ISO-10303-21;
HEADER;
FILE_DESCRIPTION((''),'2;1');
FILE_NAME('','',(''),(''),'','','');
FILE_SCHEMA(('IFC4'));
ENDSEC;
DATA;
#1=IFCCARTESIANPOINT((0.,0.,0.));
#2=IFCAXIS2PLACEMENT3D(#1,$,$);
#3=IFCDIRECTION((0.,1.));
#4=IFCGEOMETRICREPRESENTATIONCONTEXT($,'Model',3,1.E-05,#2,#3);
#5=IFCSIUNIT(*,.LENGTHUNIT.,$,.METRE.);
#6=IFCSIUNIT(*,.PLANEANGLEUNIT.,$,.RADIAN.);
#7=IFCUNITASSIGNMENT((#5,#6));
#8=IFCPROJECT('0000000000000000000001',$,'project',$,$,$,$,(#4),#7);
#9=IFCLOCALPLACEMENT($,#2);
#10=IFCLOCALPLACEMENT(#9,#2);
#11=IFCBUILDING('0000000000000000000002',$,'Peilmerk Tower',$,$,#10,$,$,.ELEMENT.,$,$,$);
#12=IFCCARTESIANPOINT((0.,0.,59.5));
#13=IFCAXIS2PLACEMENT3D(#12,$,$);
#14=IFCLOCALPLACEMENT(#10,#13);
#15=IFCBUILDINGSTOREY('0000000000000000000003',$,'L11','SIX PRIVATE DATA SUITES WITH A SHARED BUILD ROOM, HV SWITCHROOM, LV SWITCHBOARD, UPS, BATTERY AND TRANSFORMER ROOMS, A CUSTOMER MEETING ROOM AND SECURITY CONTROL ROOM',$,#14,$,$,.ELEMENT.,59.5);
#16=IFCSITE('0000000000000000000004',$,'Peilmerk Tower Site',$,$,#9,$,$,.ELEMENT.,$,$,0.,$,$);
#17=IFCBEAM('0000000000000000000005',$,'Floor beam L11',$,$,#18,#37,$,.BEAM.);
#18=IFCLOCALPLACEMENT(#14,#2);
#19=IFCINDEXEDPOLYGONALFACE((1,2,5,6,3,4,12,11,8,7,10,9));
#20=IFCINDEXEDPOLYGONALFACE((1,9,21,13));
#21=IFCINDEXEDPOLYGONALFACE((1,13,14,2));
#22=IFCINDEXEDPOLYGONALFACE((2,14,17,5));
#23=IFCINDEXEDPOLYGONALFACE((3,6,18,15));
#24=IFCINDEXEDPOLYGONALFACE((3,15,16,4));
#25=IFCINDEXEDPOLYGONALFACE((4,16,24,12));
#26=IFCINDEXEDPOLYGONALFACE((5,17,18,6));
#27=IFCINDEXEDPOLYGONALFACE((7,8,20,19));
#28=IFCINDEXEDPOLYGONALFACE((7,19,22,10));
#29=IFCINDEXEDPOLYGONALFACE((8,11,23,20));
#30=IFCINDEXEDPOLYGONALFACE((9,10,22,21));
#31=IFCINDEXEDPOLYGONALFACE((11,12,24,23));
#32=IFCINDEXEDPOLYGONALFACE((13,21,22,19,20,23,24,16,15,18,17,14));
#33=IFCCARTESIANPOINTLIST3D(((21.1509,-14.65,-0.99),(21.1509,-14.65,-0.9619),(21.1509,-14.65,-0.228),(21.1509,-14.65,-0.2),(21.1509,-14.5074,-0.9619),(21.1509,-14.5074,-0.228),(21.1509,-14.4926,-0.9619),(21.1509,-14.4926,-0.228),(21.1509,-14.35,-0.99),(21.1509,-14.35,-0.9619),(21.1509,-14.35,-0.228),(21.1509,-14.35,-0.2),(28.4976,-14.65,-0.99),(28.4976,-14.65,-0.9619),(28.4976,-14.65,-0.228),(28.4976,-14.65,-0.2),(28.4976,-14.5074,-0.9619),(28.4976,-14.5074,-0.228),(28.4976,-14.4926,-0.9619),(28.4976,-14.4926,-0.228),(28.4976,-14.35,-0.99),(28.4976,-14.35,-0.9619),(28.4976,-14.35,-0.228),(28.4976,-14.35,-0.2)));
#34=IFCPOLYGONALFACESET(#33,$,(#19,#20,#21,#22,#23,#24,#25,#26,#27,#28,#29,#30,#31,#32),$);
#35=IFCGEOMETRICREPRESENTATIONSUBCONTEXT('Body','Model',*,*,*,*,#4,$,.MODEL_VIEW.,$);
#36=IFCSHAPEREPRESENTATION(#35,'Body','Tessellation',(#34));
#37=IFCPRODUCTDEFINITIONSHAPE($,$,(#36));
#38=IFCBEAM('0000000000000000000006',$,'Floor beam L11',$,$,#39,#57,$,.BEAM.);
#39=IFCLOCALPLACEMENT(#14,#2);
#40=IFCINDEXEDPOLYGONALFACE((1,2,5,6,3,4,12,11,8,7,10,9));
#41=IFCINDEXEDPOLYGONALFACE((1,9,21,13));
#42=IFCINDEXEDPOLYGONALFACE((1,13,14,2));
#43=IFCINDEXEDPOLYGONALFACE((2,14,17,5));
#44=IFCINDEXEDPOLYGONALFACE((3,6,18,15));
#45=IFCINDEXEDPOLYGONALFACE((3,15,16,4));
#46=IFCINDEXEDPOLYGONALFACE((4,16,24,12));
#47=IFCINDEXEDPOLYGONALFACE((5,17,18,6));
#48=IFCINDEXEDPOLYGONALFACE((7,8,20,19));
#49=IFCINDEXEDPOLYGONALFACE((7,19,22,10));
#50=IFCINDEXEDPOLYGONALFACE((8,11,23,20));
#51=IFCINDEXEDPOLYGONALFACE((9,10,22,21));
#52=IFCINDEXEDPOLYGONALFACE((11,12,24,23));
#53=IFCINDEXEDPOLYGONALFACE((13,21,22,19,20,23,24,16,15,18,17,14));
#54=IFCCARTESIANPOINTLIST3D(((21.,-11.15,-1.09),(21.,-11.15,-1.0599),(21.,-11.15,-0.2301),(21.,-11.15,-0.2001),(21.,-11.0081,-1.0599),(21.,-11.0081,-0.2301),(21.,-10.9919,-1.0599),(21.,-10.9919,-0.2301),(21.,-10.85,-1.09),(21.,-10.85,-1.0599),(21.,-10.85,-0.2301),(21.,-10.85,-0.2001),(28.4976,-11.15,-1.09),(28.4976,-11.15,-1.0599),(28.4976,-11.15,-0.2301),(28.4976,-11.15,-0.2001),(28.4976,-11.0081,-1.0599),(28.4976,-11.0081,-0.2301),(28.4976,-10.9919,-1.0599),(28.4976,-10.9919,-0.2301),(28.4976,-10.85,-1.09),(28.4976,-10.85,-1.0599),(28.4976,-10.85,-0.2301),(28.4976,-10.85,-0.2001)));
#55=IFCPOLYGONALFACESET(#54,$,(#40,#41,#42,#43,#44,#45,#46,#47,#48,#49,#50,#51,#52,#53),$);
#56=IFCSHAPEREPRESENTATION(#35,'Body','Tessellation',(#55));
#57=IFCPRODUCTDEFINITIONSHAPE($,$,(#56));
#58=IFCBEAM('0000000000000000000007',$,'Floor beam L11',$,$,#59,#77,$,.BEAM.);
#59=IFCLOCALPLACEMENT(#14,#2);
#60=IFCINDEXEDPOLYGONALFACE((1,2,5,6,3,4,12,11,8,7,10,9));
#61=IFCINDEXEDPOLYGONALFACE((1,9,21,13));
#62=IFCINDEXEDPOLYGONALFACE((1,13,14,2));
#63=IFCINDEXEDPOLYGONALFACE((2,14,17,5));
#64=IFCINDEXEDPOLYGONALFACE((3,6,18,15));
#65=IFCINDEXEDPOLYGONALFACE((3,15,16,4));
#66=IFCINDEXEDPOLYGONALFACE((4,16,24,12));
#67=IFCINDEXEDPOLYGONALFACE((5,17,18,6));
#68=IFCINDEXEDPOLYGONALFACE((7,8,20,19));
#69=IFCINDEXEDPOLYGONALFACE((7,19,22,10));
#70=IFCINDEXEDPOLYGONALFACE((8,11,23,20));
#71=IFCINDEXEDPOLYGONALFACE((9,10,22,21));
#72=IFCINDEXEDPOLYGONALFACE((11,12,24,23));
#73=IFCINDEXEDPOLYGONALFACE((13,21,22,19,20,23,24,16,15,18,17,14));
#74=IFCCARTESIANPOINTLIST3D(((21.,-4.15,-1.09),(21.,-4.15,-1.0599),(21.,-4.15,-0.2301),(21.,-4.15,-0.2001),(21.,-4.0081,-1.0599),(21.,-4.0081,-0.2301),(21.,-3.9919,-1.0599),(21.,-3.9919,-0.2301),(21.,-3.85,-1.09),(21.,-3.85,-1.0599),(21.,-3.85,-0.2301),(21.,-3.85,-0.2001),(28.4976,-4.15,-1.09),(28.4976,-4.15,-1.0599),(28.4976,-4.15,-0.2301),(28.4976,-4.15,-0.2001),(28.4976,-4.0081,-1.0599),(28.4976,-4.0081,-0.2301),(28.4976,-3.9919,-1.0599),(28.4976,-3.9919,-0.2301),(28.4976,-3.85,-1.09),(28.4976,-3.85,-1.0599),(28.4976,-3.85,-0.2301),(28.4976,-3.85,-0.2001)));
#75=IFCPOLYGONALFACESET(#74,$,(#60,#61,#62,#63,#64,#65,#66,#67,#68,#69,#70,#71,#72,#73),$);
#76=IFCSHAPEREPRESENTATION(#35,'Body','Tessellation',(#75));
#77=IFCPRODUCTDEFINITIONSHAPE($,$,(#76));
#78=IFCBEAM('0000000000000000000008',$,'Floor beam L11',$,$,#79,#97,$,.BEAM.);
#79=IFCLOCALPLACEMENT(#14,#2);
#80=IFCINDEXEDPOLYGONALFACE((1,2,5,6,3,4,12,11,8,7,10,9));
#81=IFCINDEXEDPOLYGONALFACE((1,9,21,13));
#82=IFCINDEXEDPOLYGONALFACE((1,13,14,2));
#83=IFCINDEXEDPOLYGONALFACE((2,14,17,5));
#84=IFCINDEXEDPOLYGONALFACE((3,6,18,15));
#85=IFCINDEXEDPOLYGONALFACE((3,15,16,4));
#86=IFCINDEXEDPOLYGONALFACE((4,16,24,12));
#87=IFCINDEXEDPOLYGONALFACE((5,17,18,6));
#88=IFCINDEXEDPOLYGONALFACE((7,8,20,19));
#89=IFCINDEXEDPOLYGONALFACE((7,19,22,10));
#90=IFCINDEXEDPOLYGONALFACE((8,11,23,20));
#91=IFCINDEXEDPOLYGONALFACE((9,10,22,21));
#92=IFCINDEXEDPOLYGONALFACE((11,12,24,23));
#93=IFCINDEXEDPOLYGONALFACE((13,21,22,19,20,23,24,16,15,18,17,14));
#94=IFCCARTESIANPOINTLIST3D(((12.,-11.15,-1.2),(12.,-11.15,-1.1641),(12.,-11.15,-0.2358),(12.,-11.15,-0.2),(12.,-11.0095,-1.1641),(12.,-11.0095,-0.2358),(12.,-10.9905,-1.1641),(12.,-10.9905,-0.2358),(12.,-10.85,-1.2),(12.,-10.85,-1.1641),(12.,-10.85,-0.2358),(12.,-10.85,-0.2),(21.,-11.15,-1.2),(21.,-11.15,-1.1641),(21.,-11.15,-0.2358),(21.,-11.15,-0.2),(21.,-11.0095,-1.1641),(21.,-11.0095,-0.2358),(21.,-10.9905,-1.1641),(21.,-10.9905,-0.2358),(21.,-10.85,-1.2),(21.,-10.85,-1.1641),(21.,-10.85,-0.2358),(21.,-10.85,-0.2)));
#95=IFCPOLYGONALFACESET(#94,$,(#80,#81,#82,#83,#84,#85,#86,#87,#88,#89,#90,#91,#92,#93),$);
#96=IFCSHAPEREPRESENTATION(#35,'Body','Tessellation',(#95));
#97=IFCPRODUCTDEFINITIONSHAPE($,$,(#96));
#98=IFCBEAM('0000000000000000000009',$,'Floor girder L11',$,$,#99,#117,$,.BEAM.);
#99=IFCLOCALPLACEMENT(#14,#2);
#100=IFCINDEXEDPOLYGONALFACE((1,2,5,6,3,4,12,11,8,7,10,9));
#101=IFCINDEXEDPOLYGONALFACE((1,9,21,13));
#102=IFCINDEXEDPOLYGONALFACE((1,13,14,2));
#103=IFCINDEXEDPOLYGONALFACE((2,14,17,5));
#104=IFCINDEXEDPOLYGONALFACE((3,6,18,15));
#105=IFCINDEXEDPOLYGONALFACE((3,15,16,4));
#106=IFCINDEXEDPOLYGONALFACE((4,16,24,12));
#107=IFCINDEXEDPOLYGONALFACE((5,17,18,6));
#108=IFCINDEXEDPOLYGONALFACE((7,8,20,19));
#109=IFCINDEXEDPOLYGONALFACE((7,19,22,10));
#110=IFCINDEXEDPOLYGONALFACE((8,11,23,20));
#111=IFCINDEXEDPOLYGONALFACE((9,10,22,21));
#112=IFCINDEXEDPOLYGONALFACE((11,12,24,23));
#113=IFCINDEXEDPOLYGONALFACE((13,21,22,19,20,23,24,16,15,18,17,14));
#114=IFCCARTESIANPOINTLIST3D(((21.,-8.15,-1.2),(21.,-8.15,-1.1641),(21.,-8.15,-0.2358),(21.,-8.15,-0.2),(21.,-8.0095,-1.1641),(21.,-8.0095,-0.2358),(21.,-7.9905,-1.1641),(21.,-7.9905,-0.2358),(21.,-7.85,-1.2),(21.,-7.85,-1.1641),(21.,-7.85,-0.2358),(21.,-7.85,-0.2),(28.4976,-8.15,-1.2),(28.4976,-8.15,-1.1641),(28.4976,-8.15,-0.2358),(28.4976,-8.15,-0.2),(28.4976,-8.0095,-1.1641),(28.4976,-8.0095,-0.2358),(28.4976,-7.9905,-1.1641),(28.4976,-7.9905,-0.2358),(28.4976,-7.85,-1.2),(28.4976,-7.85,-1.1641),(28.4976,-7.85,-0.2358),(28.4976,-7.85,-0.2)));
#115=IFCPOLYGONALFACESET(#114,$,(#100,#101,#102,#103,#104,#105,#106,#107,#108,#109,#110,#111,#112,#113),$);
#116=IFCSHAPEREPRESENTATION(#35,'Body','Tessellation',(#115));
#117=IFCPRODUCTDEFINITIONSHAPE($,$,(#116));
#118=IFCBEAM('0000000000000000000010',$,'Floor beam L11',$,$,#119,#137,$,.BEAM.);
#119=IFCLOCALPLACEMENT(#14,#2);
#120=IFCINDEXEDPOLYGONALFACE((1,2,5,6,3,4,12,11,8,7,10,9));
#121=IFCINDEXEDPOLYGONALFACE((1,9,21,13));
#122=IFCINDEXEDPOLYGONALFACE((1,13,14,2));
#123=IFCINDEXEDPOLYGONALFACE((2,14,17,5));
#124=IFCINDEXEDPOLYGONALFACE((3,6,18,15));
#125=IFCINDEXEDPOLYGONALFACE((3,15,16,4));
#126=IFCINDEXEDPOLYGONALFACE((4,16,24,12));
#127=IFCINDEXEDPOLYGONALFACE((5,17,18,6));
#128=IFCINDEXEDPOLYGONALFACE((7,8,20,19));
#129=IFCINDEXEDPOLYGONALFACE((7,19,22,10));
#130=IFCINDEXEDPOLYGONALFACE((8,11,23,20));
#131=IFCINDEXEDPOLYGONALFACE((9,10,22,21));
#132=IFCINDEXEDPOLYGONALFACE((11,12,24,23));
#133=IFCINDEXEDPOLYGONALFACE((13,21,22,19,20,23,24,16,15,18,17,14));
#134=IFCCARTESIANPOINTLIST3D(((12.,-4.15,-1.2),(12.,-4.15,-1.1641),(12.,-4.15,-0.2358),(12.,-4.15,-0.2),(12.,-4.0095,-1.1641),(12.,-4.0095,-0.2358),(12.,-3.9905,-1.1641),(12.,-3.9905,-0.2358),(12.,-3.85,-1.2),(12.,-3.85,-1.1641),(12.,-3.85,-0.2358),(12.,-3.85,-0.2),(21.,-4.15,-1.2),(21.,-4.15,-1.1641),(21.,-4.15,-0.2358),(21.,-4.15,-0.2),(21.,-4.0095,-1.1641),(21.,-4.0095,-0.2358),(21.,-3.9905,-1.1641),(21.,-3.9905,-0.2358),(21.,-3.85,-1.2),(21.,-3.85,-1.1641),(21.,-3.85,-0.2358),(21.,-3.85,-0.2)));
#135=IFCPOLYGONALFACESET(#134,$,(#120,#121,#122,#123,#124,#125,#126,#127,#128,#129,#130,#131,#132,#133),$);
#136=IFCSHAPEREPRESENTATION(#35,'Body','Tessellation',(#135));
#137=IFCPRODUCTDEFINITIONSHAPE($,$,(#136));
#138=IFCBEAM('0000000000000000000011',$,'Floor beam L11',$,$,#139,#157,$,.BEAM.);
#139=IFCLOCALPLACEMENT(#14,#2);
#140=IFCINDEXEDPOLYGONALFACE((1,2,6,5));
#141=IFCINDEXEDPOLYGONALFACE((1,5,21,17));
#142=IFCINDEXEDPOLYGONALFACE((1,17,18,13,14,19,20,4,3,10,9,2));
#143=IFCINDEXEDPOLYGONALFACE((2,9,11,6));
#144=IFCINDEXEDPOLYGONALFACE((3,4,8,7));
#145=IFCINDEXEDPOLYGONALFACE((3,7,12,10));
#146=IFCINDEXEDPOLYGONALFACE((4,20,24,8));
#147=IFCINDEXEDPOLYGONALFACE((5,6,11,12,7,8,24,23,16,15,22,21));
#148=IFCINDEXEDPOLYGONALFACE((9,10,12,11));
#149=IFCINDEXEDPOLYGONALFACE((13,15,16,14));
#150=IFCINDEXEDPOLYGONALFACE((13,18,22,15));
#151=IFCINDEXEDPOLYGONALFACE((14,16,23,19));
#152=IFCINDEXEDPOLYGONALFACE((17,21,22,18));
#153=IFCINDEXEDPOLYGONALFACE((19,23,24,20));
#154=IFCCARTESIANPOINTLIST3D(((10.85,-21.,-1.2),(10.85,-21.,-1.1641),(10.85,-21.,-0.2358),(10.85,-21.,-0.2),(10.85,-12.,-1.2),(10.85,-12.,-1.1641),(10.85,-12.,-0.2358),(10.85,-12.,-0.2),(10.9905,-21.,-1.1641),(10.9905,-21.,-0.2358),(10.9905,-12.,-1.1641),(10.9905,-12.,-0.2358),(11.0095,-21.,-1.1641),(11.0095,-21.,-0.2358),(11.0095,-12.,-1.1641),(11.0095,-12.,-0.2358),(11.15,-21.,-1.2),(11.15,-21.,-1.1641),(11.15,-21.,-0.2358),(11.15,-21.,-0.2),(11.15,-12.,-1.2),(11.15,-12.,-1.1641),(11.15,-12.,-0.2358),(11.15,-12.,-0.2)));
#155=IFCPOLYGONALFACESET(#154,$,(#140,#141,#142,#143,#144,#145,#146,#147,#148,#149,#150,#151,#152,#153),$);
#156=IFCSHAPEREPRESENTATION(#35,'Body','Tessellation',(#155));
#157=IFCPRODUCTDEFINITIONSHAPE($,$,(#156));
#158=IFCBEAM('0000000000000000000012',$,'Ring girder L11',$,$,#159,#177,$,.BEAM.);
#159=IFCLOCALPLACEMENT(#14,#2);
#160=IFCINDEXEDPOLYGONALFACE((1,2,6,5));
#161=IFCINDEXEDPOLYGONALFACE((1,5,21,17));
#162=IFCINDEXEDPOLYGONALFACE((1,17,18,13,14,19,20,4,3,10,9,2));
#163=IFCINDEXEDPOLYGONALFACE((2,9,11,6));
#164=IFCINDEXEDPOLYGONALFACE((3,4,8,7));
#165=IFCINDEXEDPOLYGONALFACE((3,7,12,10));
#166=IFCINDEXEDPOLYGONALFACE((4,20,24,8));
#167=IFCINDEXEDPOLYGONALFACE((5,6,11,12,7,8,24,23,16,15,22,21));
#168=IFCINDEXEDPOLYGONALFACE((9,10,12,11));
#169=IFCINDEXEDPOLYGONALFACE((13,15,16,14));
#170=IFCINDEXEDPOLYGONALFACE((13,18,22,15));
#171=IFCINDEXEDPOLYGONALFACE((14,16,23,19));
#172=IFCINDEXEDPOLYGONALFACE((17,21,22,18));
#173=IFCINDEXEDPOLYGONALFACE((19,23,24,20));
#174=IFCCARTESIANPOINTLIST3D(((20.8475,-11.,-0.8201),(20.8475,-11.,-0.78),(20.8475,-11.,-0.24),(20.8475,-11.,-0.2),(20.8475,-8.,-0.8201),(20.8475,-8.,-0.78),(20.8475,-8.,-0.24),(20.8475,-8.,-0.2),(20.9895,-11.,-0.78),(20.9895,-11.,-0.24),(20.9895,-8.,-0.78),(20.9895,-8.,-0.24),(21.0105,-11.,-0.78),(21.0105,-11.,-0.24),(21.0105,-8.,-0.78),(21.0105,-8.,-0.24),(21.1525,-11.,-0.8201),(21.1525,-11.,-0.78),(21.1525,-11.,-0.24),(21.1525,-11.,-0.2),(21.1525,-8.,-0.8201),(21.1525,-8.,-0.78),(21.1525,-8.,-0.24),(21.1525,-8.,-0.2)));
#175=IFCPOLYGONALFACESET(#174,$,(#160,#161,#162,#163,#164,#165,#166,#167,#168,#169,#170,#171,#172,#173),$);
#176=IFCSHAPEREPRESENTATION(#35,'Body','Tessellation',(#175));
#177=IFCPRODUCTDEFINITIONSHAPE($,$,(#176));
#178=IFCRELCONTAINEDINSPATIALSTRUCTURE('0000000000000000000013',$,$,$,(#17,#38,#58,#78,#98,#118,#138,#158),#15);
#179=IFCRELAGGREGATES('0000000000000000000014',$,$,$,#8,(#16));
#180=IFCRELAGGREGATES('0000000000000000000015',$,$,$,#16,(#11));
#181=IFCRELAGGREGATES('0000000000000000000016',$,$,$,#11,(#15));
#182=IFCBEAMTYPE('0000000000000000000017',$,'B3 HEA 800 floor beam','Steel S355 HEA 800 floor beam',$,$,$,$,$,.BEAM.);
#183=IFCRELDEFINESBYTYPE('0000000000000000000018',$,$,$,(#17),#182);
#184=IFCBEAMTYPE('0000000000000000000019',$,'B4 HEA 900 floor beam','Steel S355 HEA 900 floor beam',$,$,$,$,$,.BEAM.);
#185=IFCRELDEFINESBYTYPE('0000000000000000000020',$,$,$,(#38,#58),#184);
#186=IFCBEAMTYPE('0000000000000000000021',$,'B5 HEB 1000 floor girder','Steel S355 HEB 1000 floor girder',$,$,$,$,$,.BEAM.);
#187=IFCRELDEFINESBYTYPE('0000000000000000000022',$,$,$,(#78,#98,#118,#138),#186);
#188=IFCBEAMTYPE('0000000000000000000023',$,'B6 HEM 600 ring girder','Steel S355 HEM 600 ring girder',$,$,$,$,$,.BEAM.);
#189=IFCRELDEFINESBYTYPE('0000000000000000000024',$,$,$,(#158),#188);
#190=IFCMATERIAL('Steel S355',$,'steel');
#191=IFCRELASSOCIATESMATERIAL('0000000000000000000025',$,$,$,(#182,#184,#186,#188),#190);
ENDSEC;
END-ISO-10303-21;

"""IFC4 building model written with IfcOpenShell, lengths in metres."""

from ifc_helpers import new_model, si_unit, direction, frame, origin, origin_2d, place, context, subcontext, project, spatial, i_section, extrude, material, material_profile, profile_set, type_object, element, save


model = new_model("IFC4")

# Units and contexts
model_context = context("Model", 3, precision=1e-05, world=origin(), true_north=direction((0.0, 1.0)))
body_context = subcontext(model_context, "Body", "Model", "MODEL_VIEW")
ifc_project = project(units=[si_unit("LENGTHUNIT", "METRE"), si_unit("PLANEANGLEUNIT", "RADIAN")], contexts=[model_context])

# Site, building, storey
site_placement = place(None, origin())
site = spatial("IfcSite", under=ifc_project, at=site_placement, Name="Peilmerk Tower Site", CompositionType="ELEMENT", RefElevation=0.0)
building_placement = place(site_placement, origin())
building = spatial("IfcBuilding", under=site, at=building_placement, Name="Peilmerk Tower", CompositionType="ELEMENT")
storey_placement = place(building_placement, frame((0.0, 0.0, 59.5)))
storey = spatial("IfcBuildingStorey", under=building, at=storey_placement, Name="L11", Description="SIX PRIVATE DATA SUITES WITH A SHARED BUILD ROOM, HV SWITCHROOM, LV SWITCHBOARD, UPS, BATTERY AND TRANSFORMER ROOMS, A CUSTOMER MEETING ROOM AND SECURITY CONTROL ROOM", CompositionType="ELEMENT", Elevation=59.5)

# Beams
ifc_material_1 = material(Name="Steel S355", Category="steel")
ifc_material_profile_1 = material_profile(ifc_material_1, i_section(OverallWidth=0.3, OverallDepth=0.79, WebThickness=0.0149, FlangeThickness=0.0281, at=origin_2d()), Name="HEA 800")
ifc_profile_set_1 = profile_set([ifc_material_profile_1], Name="Steel S355")
beam_type_1 = type_object("IfcBeamType", Name="B3 HEA 800 floor beam", Description="Steel S355 HEA 800 floor beam", PredefinedType="BEAM", material=ifc_profile_set_1)
beam_1_placement = place(storey_placement, frame((21.1509, -14.5, -0.595), z_axis=(1.0, 0.0, 0.0), x_axis=(0.0, 1.0, 0.0)))
element("IfcBeam", 1, at=beam_1_placement, inside=storey, type_object=beam_type_1, Name="Floor beam L11", PredefinedType="BEAM", context=body_context, shape_type="SweptSolid", body=[
    extrude(i_section(OverallWidth=0.3, OverallDepth=0.79, WebThickness=0.0149, FlangeThickness=0.0281, at=origin_2d()), origin(), (0.0, 0.0, 1.0), 7.3467),
])
ifc_material_profile_2 = material_profile(ifc_material_1, i_section(OverallWidth=0.3, OverallDepth=0.8899, WebThickness=0.0161, FlangeThickness=0.03, at=origin_2d()), Name="HEA 900")
ifc_profile_set_2 = profile_set([ifc_material_profile_2], Name="Steel S355")
beam_type_2 = type_object("IfcBeamType", Name="B4 HEA 900 floor beam", Description="Steel S355 HEA 900 floor beam", PredefinedType="BEAM", material=ifc_profile_set_2)
for number, where, z_axis, x_axis, name in (
    (2, (21.0, -11.0, -0.645), (1.0, 0.0, 0.0), (0.0, 1.0, 0.0), "Floor beam L11"),
    (3, (21.0, -4.0, -0.645), (1.0, 0.0, 0.0), (0.0, 1.0, 0.0), "Floor beam L11"),
):
    element("IfcBeam", number, at=place(storey_placement, frame(where, z_axis=z_axis, x_axis=x_axis)), inside=storey, type_object=beam_type_2, Name=name, PredefinedType="BEAM", context=body_context, shape_type="SweptSolid", body=[
        extrude(i_section(OverallWidth=0.3, OverallDepth=0.8899, WebThickness=0.0161, FlangeThickness=0.03, at=origin_2d()), origin(), (0.0, 0.0, 1.0), 7.4976),
    ])
ifc_material_profile_3 = material_profile(ifc_material_1, i_section(OverallWidth=0.3, OverallDepth=1.0, WebThickness=0.019, FlangeThickness=0.0359, at=origin_2d()), Name="HEB 1000")
ifc_profile_set_3 = profile_set([ifc_material_profile_3], Name="Steel S355")
beam_type_3 = type_object("IfcBeamType", Name="B5 HEB 1000 floor girder", Description="Steel S355 HEB 1000 floor girder", PredefinedType="BEAM", material=ifc_profile_set_3)
beam_2_placement = place(storey_placement, frame((12.0, -11.0, -0.7), z_axis=(1.0, 0.0, 0.0), x_axis=(0.0, 1.0, 0.0)))
element("IfcBeam", 4, at=beam_2_placement, inside=storey, type_object=beam_type_3, Name="Floor beam L11", PredefinedType="BEAM", context=body_context, shape_type="SweptSolid", body=[
    extrude(i_section(OverallWidth=0.3, OverallDepth=1.0, WebThickness=0.019, FlangeThickness=0.0359, at=origin_2d()), origin(), (0.0, 0.0, 1.0), 9.0),
])
beam_3_placement = place(storey_placement, frame((21.0, -8.0, -0.7), z_axis=(1.0, 0.0, 0.0), x_axis=(0.0, 1.0, 0.0)))
element("IfcBeam", 5, at=beam_3_placement, inside=storey, type_object=beam_type_3, Name="Floor girder L11", PredefinedType="BEAM", context=body_context, shape_type="SweptSolid", body=[
    extrude(i_section(OverallWidth=0.3, OverallDepth=1.0, WebThickness=0.019, FlangeThickness=0.0359, at=origin_2d()), origin(), (0.0, 0.0, 1.0), 7.4976),
])
for number, where, z_axis, x_axis, name in (
    (6, (12.0, -4.0, -0.7), (1.0, 0.0, 0.0), (0.0, 1.0, 0.0), "Floor beam L11"),
    (7, (11.0, -12.0, -0.7), (0.0, -1.0, 0.0), (1.0, 0.0, 0.0), "Floor beam L11"),
):
    element("IfcBeam", number, at=place(storey_placement, frame(where, z_axis=z_axis, x_axis=x_axis)), inside=storey, type_object=beam_type_3, Name=name, PredefinedType="BEAM", context=body_context, shape_type="SweptSolid", body=[
        extrude(i_section(OverallWidth=0.3, OverallDepth=1.0, WebThickness=0.019, FlangeThickness=0.0359, at=origin_2d()), origin(), (0.0, 0.0, 1.0), 9.0),
    ])
ifc_material_profile_4 = material_profile(ifc_material_1, i_section(OverallWidth=0.3049, OverallDepth=0.6201, WebThickness=0.021, FlangeThickness=0.04, at=origin_2d()), Name="HEM 600")
ifc_profile_set_4 = profile_set([ifc_material_profile_4], Name="Steel S355")
beam_type_4 = type_object("IfcBeamType", Name="B6 HEM 600 ring girder", Description="Steel S355 HEM 600 ring girder", PredefinedType="BEAM", material=ifc_profile_set_4)
beam_4_placement = place(storey_placement, frame((21.0, -11.0, -0.51), z_axis=(0.0, 1.0, 0.0), x_axis=(-1.0, 0.0, 0.0)))
element("IfcBeam", 8, at=beam_4_placement, inside=storey, type_object=beam_type_4, Name="Ring girder L11", PredefinedType="BEAM", context=body_context, shape_type="SweptSolid", body=[
    extrude(i_section(OverallWidth=0.3049, OverallDepth=0.6201, WebThickness=0.021, FlangeThickness=0.04, at=origin_2d()), origin(), (0.0, 0.0, 1.0), 3.0),
])

save(model, "model.ifc")
